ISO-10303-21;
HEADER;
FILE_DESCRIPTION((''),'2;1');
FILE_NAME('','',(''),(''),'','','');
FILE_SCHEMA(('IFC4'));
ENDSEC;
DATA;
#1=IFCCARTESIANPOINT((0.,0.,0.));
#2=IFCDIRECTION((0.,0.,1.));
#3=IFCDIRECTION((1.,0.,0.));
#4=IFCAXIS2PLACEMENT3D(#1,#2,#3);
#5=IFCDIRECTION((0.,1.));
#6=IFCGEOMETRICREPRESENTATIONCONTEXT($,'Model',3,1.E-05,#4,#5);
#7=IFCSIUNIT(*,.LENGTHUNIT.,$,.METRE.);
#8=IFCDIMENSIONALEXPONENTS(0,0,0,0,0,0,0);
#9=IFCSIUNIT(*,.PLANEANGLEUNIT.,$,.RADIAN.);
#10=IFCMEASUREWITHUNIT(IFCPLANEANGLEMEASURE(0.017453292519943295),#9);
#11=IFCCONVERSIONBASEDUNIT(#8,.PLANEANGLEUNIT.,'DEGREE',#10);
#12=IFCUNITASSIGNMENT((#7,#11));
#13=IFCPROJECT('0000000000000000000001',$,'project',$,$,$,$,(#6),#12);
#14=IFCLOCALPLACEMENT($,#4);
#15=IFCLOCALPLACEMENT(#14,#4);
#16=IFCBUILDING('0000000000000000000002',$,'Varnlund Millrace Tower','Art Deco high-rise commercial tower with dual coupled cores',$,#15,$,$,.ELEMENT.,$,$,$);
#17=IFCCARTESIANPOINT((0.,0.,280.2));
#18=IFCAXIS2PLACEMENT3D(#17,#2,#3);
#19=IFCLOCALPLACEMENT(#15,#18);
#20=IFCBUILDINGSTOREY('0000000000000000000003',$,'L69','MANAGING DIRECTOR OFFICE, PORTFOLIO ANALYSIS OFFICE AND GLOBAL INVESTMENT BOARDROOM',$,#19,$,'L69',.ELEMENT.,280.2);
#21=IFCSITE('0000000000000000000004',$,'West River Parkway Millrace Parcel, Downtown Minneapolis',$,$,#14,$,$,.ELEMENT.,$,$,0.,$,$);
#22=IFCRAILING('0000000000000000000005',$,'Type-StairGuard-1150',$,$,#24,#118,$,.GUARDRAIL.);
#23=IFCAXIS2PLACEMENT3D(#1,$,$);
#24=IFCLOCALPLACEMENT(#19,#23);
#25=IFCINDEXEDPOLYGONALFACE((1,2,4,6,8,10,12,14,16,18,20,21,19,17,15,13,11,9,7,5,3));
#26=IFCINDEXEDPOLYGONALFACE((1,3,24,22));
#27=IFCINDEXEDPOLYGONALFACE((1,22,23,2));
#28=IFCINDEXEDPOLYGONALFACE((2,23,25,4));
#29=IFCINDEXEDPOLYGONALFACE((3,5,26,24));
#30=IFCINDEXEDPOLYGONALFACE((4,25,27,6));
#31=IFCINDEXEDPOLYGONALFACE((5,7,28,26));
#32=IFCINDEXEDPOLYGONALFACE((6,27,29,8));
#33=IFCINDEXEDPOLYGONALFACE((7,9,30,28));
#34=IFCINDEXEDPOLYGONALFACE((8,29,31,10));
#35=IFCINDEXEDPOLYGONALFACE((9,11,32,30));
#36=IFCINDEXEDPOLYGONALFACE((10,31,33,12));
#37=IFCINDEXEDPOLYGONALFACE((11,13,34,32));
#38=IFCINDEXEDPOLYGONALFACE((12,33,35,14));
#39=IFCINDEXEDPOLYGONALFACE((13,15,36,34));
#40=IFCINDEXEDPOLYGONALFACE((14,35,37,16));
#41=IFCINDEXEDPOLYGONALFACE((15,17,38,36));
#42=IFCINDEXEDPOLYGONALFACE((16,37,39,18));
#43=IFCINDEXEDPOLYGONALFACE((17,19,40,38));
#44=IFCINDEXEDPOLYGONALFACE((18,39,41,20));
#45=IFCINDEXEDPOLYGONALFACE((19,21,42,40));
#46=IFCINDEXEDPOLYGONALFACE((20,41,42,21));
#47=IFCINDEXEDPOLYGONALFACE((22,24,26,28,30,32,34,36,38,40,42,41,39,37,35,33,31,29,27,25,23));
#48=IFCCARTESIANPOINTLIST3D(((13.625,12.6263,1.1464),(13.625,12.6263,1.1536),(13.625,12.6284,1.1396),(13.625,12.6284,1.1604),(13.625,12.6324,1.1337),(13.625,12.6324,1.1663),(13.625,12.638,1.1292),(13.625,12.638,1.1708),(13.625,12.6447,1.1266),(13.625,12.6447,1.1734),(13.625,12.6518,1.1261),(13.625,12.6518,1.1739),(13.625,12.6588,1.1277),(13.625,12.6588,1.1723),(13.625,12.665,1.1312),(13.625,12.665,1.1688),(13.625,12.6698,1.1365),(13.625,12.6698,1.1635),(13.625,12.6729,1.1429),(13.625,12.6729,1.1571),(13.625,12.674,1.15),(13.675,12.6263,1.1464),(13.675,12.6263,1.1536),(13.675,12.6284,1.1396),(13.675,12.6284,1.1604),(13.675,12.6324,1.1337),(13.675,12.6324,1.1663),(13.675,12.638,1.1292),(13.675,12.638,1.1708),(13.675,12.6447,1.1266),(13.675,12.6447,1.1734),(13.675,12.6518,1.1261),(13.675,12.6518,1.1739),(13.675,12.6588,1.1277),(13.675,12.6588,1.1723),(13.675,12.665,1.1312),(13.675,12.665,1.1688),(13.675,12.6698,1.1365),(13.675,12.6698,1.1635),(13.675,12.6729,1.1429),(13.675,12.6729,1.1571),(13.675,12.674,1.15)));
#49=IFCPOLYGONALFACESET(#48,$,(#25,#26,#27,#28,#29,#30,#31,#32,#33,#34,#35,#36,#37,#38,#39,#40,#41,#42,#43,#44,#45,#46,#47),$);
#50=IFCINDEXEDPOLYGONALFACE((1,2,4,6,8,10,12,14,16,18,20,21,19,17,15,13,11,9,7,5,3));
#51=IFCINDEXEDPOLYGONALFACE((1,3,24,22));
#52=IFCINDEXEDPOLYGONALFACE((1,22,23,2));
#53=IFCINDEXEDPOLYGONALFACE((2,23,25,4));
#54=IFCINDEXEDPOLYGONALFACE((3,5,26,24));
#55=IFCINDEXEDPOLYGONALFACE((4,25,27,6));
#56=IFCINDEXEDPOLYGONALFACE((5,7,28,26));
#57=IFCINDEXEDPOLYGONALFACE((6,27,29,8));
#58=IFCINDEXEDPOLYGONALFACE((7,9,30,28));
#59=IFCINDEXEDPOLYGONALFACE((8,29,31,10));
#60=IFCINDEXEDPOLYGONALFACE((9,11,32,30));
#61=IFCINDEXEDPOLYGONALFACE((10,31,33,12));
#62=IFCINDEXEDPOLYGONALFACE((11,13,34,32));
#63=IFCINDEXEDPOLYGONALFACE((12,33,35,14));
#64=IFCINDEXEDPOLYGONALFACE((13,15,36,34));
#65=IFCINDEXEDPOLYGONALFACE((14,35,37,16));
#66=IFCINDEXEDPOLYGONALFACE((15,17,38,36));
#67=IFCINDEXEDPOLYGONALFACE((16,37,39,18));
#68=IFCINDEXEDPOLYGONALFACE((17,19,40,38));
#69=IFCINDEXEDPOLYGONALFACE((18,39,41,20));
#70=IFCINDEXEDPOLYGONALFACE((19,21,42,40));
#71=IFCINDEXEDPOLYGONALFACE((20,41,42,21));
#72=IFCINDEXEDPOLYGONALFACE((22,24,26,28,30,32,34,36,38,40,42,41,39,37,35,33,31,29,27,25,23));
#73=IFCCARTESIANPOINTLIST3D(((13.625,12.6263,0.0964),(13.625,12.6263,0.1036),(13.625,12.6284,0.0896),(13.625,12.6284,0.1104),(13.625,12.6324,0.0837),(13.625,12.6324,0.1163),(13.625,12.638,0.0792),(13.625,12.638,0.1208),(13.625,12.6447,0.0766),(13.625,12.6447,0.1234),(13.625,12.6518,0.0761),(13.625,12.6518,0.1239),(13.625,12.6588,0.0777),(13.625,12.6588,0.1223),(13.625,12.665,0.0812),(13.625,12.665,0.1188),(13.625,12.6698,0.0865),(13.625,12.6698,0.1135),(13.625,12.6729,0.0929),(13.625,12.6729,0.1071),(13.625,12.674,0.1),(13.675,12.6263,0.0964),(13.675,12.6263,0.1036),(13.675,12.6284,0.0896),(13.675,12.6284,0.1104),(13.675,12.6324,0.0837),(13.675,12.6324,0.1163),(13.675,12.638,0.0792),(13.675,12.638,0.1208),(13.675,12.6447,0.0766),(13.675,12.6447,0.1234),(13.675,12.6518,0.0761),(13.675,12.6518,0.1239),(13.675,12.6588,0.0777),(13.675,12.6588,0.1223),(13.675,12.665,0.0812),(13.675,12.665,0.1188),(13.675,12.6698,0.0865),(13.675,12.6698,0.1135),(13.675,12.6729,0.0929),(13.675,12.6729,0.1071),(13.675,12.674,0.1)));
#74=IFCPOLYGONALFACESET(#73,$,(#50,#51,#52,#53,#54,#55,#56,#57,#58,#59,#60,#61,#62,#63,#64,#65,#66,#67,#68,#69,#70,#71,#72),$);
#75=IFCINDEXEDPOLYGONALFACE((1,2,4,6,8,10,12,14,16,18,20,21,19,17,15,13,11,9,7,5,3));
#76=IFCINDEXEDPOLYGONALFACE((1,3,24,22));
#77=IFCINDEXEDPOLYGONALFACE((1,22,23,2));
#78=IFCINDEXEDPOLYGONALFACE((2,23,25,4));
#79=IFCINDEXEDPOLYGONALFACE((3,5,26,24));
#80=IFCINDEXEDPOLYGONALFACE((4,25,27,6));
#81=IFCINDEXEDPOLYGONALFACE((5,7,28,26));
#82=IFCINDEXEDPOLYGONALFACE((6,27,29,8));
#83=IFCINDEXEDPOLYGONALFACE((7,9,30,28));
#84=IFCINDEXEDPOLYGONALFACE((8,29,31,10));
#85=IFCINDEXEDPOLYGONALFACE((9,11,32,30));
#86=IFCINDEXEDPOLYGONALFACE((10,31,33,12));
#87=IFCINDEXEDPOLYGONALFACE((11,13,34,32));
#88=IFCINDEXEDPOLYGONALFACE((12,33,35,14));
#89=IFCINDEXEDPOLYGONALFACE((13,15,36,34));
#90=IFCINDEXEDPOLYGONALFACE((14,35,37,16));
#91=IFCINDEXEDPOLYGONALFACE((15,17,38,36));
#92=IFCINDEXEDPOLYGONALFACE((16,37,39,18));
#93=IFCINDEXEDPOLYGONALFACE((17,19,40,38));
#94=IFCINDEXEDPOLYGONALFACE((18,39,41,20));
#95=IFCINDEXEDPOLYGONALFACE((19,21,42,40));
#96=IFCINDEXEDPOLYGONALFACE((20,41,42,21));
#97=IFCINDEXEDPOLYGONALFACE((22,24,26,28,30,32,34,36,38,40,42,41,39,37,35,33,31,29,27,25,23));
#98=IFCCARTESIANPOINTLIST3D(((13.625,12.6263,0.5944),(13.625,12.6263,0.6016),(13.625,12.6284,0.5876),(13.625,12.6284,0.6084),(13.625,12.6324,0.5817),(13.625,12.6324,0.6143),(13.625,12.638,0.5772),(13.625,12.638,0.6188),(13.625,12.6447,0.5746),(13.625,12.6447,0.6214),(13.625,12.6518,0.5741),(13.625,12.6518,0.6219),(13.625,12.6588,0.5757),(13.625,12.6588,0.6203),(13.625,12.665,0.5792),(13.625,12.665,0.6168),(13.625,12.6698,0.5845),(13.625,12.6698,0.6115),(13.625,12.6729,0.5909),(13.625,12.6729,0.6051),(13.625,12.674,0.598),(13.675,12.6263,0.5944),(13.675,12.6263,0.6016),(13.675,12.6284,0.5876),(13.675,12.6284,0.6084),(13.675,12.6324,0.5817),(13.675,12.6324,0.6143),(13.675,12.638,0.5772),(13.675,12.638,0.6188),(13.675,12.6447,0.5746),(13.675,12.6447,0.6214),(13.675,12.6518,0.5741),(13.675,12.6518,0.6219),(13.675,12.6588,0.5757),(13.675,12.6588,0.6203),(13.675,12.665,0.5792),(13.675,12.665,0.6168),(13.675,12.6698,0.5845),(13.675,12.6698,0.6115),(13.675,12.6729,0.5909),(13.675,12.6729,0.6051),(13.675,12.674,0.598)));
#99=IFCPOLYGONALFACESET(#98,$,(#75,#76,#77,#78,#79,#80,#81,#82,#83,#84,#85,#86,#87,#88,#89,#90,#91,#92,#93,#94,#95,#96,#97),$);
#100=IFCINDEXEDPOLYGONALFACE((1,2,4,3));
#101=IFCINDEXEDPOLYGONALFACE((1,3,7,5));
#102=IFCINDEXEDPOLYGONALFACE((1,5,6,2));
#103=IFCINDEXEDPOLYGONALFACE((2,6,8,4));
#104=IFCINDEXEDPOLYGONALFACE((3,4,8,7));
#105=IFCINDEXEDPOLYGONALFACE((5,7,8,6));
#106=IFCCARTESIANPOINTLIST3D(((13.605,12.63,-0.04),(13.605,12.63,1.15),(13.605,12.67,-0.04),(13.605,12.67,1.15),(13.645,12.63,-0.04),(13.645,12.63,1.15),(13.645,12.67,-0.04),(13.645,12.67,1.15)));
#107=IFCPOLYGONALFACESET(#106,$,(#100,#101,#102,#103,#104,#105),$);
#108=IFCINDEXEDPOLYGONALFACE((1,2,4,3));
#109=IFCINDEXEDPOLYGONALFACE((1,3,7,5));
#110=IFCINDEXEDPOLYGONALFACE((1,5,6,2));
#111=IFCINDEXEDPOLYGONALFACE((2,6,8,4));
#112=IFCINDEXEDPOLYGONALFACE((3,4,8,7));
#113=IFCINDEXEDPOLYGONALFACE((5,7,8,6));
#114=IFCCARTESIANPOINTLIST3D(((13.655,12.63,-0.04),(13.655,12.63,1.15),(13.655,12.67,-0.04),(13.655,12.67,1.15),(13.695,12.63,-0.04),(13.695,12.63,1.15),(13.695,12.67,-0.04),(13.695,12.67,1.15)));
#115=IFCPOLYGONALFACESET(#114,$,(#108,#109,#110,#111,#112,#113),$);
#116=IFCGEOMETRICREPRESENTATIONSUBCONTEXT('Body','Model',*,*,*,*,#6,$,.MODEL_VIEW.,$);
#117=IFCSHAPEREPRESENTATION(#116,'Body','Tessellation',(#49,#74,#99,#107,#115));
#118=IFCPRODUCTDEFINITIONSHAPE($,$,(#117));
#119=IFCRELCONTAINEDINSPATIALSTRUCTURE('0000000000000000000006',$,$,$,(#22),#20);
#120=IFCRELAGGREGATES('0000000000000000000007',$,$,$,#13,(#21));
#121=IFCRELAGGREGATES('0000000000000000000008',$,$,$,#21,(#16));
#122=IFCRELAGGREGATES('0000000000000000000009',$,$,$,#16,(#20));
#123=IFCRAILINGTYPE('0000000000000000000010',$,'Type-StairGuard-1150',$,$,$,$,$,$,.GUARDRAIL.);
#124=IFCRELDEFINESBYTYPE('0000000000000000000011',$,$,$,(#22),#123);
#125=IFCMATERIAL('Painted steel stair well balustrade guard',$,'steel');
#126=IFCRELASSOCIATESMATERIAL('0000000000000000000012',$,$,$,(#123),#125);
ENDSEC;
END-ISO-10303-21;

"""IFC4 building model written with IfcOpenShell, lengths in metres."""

from ifc_helpers import new_model, entity, si_unit, converted_unit, direction, frame, origin_with_axes, origin_2d_with_axis, place, context, subcontext, project, spatial, rectangle, circle, extrude, material, type_object, element, save


model = new_model("IFC4")

# Units and contexts
model_context = context("Model", 3, precision=1e-05, world=origin_with_axes(), true_north=direction((0.0, 1.0)))
body_context = subcontext(model_context, "Body", "Model", "MODEL_VIEW")
ifc_project = project(units=[si_unit("LENGTHUNIT", "METRE"), converted_unit("PLANEANGLEUNIT", "DEGREE", entity("IfcPlaneAngleMeasure", 0.017453292519943295), si_unit("PLANEANGLEUNIT", "RADIAN"), dimensions=[0, 0, 0, 0, 0, 0, 0])], contexts=[model_context])

# Site, building, storey
site_placement = place(None, origin_with_axes())
site = spatial("IfcSite", under=ifc_project, at=site_placement, Name="West River Parkway Millrace Parcel, Downtown Minneapolis", CompositionType="ELEMENT", RefElevation=0.0)
building_placement = place(site_placement, origin_with_axes())
building = spatial("IfcBuilding", under=site, at=building_placement, Name="Varnlund Millrace Tower", Description="Art Deco high-rise commercial tower with dual coupled cores", CompositionType="ELEMENT")
storey_placement = place(building_placement, frame((0.0, 0.0, 280.2), z_axis=(0.0, 0.0, 1.0), x_axis=(1.0, 0.0, 0.0)))
storey = spatial("IfcBuildingStorey", under=building, at=storey_placement, Name="L69", Description="MANAGING DIRECTOR OFFICE, PORTFOLIO ANALYSIS OFFICE AND GLOBAL INVESTMENT BOARDROOM", LongName="L69", CompositionType="ELEMENT", Elevation=280.2)

# Railing
ifc_material_1 = material(Name="Painted steel stair well balustrade guard", Category="steel")
railing_type_1 = type_object("IfcRailingType", Name="Type-StairGuard-1150", PredefinedType="GUARDRAIL", material=ifc_material_1)
railing_1_placement = place(storey_placement, frame((0.0, 0.0, -280.2), z_axis=(0.0, 0.0, 1.0), x_axis=(1.0, 0.0, 0.0)))
element("IfcRailing", 1, at=railing_1_placement, inside=storey, type_object=railing_type_1, Name="Type-StairGuard-1150", PredefinedType="GUARDRAIL", context=body_context, shape_type="SweptSolid", body=[
    extrude(circle(Radius=0.024, at=origin_2d_with_axis()), frame((13.625, 12.65, 281.35), z_axis=(1.0, 0.0, 0.0), x_axis=(0.0, 1.0, 0.0)), (0.0, 0.0, 1.0), 0.05),
    extrude(circle(Radius=0.024, at=origin_2d_with_axis()), frame((13.625, 12.65, 280.3), z_axis=(1.0, 0.0, 0.0), x_axis=(0.0, 1.0, 0.0)), (0.0, 0.0, 1.0), 0.05),
    extrude(circle(Radius=0.024, at=origin_2d_with_axis()), frame((13.625, 12.65, 280.798), z_axis=(1.0, 0.0, 0.0), x_axis=(0.0, 1.0, 0.0)), (0.0, 0.0, 1.0), 0.05),
    extrude(rectangle(XDim=0.04, YDim=0.04, at=origin_2d_with_axis()), frame((13.625, 12.65, 280.16), z_axis=(0.0, 0.0, 1.0), x_axis=(1.0, 0.0, 0.0)), (0.0, 0.0, 1.0), 1.19),
    extrude(rectangle(XDim=0.04, YDim=0.04, at=origin_2d_with_axis()), frame((13.675, 12.65, 280.16), z_axis=(0.0, 0.0, 1.0), x_axis=(1.0, 0.0, 0.0)), (0.0, 0.0, 1.0), 1.19),
])

save(model, "model.ifc")
